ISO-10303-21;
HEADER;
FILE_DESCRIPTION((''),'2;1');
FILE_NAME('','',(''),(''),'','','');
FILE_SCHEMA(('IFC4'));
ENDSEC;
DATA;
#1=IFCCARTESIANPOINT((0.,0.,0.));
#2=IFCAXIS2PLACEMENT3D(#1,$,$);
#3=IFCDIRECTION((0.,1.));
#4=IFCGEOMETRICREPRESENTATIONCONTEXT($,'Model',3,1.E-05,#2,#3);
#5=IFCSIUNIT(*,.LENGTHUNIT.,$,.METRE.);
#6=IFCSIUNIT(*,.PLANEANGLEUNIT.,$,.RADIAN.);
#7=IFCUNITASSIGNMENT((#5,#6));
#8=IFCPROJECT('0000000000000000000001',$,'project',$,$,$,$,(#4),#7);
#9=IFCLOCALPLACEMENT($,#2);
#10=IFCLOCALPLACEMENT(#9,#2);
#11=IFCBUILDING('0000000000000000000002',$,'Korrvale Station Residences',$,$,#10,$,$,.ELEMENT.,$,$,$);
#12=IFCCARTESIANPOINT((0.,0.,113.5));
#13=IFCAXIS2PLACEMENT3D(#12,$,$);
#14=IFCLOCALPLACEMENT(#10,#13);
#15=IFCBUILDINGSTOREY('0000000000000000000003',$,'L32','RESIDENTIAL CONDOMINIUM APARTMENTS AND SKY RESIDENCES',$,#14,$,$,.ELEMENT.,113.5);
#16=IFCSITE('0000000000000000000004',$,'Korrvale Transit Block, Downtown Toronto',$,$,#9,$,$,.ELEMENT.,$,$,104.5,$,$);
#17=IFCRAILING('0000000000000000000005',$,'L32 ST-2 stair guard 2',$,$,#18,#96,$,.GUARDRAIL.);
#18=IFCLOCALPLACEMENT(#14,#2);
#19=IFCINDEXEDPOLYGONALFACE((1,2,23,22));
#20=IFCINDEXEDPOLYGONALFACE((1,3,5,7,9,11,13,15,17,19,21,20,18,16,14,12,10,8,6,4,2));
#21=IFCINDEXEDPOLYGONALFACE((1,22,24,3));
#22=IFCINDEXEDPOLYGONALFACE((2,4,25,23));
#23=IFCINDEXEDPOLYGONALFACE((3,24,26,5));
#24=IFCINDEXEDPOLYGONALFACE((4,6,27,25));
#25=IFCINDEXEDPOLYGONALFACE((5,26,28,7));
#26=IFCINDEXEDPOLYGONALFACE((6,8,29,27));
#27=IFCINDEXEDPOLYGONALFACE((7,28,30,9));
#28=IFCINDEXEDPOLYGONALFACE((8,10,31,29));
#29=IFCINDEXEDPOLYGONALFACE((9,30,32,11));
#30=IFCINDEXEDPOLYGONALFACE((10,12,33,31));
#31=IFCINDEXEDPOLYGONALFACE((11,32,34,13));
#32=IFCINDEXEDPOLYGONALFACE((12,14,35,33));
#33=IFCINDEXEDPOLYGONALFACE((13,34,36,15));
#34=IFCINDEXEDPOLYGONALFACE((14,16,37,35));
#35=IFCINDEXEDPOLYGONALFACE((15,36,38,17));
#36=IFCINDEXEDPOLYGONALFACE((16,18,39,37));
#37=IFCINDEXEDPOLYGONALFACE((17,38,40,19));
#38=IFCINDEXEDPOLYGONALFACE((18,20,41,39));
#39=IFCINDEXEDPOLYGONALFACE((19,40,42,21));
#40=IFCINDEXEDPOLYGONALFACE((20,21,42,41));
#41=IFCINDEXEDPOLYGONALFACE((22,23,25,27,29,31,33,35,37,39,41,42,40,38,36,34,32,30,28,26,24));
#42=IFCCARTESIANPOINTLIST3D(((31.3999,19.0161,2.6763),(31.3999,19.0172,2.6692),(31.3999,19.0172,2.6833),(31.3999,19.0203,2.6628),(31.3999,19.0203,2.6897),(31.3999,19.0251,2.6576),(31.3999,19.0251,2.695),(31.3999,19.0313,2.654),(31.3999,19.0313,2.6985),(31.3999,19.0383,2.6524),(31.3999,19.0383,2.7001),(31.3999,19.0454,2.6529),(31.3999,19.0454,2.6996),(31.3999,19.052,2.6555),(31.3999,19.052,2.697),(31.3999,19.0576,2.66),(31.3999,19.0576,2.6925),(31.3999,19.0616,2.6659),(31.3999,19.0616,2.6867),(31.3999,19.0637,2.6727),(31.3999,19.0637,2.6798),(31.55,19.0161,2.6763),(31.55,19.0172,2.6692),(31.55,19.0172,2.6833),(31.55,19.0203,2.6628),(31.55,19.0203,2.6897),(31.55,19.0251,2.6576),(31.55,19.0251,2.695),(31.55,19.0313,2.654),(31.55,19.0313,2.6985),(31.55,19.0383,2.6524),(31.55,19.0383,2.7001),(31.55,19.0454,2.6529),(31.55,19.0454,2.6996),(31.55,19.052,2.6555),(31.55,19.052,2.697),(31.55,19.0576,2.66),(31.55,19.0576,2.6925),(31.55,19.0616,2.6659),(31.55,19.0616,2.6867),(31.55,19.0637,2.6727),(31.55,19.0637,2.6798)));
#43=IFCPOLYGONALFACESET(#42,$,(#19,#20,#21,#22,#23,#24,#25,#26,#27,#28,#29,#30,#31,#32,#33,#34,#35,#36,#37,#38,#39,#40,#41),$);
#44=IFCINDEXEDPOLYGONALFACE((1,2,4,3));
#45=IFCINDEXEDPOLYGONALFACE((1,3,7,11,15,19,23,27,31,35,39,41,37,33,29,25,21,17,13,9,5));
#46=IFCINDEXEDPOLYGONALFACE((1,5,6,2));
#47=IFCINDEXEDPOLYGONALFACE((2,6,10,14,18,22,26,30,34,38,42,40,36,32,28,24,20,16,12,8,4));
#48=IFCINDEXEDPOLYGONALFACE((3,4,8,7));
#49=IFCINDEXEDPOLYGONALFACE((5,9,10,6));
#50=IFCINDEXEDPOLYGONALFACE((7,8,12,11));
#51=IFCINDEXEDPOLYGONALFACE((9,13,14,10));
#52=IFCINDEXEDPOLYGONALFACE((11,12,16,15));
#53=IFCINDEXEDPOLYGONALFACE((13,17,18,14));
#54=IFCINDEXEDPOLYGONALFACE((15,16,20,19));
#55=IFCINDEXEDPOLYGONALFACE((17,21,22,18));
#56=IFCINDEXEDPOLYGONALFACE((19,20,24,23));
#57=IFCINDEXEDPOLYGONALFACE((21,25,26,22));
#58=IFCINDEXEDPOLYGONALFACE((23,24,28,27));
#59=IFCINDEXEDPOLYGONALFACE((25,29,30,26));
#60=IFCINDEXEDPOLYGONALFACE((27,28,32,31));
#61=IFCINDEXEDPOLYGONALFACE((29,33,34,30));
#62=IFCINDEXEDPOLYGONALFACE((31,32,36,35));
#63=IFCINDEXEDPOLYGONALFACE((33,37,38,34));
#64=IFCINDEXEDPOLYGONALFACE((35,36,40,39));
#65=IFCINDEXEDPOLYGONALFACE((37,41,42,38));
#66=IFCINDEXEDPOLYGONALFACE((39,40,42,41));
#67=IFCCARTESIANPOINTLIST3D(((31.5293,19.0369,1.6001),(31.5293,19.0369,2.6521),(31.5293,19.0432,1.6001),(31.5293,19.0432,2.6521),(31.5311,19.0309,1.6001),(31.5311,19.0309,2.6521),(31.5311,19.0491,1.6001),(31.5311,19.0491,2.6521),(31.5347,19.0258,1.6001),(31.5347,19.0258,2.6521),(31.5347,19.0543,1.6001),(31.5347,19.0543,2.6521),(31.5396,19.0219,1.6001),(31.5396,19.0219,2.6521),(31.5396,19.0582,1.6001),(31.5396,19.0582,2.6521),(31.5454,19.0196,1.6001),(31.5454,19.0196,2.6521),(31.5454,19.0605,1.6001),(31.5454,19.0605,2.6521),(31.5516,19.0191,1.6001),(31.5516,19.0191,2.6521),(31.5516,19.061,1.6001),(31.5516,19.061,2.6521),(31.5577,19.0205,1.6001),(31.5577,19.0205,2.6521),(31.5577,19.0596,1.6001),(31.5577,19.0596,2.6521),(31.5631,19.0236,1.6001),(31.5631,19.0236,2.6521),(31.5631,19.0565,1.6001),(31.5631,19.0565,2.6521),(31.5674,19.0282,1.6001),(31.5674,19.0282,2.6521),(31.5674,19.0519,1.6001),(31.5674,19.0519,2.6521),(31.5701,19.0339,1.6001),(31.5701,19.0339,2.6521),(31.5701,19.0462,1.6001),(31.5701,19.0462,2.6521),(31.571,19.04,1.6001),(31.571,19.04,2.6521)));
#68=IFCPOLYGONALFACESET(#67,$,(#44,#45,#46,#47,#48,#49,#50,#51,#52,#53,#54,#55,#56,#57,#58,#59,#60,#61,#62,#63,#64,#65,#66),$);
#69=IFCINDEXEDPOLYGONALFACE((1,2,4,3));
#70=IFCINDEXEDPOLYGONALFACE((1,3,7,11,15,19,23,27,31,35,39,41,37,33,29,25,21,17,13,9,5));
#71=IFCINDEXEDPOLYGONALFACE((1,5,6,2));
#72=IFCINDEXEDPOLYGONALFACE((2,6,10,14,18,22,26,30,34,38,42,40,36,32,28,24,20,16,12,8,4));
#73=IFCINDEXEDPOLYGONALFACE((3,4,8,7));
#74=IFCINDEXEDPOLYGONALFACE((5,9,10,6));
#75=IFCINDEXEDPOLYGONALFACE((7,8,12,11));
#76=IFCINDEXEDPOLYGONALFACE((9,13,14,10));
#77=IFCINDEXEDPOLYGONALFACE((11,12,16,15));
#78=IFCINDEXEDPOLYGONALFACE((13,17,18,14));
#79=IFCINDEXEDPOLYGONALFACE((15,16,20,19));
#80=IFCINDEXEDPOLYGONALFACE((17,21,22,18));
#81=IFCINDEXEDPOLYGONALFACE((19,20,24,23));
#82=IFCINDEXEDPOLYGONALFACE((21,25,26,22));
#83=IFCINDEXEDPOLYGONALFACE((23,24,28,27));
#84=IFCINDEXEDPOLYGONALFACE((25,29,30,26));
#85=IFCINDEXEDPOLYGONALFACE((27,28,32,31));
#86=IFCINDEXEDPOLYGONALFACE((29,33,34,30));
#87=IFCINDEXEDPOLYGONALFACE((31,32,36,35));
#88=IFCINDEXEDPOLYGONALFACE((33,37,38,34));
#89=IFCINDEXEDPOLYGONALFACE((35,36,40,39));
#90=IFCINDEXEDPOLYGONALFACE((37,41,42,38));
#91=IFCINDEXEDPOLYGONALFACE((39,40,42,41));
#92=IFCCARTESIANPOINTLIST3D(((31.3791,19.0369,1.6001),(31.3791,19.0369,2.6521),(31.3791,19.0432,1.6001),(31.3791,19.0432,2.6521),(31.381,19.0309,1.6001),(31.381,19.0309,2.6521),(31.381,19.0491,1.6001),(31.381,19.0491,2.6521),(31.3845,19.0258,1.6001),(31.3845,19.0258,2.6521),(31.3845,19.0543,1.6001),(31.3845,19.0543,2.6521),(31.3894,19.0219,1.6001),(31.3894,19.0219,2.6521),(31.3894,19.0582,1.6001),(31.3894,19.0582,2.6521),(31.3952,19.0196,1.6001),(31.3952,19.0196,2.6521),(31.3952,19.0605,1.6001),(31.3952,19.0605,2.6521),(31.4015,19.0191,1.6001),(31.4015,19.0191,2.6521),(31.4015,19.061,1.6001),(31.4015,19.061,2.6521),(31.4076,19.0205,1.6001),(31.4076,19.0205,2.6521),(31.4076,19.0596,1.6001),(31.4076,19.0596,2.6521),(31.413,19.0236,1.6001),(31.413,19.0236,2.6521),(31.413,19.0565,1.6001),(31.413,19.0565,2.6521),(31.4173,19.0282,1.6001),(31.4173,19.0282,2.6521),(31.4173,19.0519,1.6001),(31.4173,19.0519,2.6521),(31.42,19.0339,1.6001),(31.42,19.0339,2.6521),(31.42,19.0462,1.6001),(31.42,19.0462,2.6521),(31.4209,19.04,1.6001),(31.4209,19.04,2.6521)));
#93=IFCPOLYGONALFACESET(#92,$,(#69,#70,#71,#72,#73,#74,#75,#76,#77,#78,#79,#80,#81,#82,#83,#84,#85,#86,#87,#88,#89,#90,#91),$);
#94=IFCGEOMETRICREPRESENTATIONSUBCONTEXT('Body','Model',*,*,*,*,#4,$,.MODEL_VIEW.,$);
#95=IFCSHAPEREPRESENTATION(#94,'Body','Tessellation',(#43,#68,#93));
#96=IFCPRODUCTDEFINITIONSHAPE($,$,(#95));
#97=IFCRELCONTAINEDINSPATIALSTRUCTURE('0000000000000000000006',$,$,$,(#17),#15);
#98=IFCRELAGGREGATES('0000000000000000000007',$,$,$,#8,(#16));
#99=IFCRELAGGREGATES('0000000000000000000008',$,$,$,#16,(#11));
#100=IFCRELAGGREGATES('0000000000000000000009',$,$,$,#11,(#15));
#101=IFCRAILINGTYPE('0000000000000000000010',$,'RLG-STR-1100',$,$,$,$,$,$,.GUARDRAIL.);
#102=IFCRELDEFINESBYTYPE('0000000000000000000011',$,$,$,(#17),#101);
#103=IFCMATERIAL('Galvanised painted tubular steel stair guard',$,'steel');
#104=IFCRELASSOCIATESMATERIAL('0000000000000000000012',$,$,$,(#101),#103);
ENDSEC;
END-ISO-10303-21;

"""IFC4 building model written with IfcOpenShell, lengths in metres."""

from ifc_helpers import new_model, si_unit, direction, frame, origin, origin_2d, place, context, subcontext, project, spatial, circle, extrude, material, type_object, element, save


model = new_model("IFC4")

# Units and contexts
model_context = context("Model", 3, precision=1e-05, world=origin(), true_north=direction((0.0, 1.0)))
body_context = subcontext(model_context, "Body", "Model", "MODEL_VIEW")
ifc_project = project(units=[si_unit("LENGTHUNIT", "METRE"), si_unit("PLANEANGLEUNIT", "RADIAN")], contexts=[model_context])

# Site, building, storey
site_placement = place(None, origin())
site = spatial("IfcSite", under=ifc_project, at=site_placement, Name="Korrvale Transit Block, Downtown Toronto", CompositionType="ELEMENT", RefElevation=104.5)
building_placement = place(site_placement, origin())
building = spatial("IfcBuilding", under=site, at=building_placement, Name="Korrvale Station Residences", CompositionType="ELEMENT")
storey_placement = place(building_placement, frame((0.0, 0.0, 113.5)))
storey = spatial("IfcBuildingStorey", under=building, at=storey_placement, Name="L32", Description="RESIDENTIAL CONDOMINIUM APARTMENTS AND SKY RESIDENCES", CompositionType="ELEMENT", Elevation=113.5)

# Railing
ifc_material_1 = material(Name="Galvanised painted tubular steel stair guard", Category="steel")
railing_type_1 = type_object("IfcRailingType", Name="RLG-STR-1100", PredefinedType="GUARDRAIL", material=ifc_material_1)
railing_1_placement = place(storey_placement, frame((31.55, 19.04, 1.6001)))
element("IfcRailing", 1, at=railing_1_placement, inside=storey, type_object=railing_type_1, Name="L32 ST-2 stair guard 2", PredefinedType="GUARDRAIL", context=body_context, shape_type="SweptSolid", body=[
    extrude(circle(Radius=0.0239, at=origin_2d()), frame((0.0, 0.0, 1.0762), z_axis=(-1.0, 0.0, 0.0), x_axis=(0.0, -1.0, 0.0)), (0.0, 0.0, 1.0), 0.1501),
    extrude(circle(Radius=0.021, at=origin_2d()), origin(), (0.0, 0.0, 1.0), 1.052),
    extrude(circle(Radius=0.021, at=origin_2d()), frame((-0.1501, 0.0, 0.0)), (0.0, 0.0, 1.0), 1.052),
])

save(model, "model.ifc")
